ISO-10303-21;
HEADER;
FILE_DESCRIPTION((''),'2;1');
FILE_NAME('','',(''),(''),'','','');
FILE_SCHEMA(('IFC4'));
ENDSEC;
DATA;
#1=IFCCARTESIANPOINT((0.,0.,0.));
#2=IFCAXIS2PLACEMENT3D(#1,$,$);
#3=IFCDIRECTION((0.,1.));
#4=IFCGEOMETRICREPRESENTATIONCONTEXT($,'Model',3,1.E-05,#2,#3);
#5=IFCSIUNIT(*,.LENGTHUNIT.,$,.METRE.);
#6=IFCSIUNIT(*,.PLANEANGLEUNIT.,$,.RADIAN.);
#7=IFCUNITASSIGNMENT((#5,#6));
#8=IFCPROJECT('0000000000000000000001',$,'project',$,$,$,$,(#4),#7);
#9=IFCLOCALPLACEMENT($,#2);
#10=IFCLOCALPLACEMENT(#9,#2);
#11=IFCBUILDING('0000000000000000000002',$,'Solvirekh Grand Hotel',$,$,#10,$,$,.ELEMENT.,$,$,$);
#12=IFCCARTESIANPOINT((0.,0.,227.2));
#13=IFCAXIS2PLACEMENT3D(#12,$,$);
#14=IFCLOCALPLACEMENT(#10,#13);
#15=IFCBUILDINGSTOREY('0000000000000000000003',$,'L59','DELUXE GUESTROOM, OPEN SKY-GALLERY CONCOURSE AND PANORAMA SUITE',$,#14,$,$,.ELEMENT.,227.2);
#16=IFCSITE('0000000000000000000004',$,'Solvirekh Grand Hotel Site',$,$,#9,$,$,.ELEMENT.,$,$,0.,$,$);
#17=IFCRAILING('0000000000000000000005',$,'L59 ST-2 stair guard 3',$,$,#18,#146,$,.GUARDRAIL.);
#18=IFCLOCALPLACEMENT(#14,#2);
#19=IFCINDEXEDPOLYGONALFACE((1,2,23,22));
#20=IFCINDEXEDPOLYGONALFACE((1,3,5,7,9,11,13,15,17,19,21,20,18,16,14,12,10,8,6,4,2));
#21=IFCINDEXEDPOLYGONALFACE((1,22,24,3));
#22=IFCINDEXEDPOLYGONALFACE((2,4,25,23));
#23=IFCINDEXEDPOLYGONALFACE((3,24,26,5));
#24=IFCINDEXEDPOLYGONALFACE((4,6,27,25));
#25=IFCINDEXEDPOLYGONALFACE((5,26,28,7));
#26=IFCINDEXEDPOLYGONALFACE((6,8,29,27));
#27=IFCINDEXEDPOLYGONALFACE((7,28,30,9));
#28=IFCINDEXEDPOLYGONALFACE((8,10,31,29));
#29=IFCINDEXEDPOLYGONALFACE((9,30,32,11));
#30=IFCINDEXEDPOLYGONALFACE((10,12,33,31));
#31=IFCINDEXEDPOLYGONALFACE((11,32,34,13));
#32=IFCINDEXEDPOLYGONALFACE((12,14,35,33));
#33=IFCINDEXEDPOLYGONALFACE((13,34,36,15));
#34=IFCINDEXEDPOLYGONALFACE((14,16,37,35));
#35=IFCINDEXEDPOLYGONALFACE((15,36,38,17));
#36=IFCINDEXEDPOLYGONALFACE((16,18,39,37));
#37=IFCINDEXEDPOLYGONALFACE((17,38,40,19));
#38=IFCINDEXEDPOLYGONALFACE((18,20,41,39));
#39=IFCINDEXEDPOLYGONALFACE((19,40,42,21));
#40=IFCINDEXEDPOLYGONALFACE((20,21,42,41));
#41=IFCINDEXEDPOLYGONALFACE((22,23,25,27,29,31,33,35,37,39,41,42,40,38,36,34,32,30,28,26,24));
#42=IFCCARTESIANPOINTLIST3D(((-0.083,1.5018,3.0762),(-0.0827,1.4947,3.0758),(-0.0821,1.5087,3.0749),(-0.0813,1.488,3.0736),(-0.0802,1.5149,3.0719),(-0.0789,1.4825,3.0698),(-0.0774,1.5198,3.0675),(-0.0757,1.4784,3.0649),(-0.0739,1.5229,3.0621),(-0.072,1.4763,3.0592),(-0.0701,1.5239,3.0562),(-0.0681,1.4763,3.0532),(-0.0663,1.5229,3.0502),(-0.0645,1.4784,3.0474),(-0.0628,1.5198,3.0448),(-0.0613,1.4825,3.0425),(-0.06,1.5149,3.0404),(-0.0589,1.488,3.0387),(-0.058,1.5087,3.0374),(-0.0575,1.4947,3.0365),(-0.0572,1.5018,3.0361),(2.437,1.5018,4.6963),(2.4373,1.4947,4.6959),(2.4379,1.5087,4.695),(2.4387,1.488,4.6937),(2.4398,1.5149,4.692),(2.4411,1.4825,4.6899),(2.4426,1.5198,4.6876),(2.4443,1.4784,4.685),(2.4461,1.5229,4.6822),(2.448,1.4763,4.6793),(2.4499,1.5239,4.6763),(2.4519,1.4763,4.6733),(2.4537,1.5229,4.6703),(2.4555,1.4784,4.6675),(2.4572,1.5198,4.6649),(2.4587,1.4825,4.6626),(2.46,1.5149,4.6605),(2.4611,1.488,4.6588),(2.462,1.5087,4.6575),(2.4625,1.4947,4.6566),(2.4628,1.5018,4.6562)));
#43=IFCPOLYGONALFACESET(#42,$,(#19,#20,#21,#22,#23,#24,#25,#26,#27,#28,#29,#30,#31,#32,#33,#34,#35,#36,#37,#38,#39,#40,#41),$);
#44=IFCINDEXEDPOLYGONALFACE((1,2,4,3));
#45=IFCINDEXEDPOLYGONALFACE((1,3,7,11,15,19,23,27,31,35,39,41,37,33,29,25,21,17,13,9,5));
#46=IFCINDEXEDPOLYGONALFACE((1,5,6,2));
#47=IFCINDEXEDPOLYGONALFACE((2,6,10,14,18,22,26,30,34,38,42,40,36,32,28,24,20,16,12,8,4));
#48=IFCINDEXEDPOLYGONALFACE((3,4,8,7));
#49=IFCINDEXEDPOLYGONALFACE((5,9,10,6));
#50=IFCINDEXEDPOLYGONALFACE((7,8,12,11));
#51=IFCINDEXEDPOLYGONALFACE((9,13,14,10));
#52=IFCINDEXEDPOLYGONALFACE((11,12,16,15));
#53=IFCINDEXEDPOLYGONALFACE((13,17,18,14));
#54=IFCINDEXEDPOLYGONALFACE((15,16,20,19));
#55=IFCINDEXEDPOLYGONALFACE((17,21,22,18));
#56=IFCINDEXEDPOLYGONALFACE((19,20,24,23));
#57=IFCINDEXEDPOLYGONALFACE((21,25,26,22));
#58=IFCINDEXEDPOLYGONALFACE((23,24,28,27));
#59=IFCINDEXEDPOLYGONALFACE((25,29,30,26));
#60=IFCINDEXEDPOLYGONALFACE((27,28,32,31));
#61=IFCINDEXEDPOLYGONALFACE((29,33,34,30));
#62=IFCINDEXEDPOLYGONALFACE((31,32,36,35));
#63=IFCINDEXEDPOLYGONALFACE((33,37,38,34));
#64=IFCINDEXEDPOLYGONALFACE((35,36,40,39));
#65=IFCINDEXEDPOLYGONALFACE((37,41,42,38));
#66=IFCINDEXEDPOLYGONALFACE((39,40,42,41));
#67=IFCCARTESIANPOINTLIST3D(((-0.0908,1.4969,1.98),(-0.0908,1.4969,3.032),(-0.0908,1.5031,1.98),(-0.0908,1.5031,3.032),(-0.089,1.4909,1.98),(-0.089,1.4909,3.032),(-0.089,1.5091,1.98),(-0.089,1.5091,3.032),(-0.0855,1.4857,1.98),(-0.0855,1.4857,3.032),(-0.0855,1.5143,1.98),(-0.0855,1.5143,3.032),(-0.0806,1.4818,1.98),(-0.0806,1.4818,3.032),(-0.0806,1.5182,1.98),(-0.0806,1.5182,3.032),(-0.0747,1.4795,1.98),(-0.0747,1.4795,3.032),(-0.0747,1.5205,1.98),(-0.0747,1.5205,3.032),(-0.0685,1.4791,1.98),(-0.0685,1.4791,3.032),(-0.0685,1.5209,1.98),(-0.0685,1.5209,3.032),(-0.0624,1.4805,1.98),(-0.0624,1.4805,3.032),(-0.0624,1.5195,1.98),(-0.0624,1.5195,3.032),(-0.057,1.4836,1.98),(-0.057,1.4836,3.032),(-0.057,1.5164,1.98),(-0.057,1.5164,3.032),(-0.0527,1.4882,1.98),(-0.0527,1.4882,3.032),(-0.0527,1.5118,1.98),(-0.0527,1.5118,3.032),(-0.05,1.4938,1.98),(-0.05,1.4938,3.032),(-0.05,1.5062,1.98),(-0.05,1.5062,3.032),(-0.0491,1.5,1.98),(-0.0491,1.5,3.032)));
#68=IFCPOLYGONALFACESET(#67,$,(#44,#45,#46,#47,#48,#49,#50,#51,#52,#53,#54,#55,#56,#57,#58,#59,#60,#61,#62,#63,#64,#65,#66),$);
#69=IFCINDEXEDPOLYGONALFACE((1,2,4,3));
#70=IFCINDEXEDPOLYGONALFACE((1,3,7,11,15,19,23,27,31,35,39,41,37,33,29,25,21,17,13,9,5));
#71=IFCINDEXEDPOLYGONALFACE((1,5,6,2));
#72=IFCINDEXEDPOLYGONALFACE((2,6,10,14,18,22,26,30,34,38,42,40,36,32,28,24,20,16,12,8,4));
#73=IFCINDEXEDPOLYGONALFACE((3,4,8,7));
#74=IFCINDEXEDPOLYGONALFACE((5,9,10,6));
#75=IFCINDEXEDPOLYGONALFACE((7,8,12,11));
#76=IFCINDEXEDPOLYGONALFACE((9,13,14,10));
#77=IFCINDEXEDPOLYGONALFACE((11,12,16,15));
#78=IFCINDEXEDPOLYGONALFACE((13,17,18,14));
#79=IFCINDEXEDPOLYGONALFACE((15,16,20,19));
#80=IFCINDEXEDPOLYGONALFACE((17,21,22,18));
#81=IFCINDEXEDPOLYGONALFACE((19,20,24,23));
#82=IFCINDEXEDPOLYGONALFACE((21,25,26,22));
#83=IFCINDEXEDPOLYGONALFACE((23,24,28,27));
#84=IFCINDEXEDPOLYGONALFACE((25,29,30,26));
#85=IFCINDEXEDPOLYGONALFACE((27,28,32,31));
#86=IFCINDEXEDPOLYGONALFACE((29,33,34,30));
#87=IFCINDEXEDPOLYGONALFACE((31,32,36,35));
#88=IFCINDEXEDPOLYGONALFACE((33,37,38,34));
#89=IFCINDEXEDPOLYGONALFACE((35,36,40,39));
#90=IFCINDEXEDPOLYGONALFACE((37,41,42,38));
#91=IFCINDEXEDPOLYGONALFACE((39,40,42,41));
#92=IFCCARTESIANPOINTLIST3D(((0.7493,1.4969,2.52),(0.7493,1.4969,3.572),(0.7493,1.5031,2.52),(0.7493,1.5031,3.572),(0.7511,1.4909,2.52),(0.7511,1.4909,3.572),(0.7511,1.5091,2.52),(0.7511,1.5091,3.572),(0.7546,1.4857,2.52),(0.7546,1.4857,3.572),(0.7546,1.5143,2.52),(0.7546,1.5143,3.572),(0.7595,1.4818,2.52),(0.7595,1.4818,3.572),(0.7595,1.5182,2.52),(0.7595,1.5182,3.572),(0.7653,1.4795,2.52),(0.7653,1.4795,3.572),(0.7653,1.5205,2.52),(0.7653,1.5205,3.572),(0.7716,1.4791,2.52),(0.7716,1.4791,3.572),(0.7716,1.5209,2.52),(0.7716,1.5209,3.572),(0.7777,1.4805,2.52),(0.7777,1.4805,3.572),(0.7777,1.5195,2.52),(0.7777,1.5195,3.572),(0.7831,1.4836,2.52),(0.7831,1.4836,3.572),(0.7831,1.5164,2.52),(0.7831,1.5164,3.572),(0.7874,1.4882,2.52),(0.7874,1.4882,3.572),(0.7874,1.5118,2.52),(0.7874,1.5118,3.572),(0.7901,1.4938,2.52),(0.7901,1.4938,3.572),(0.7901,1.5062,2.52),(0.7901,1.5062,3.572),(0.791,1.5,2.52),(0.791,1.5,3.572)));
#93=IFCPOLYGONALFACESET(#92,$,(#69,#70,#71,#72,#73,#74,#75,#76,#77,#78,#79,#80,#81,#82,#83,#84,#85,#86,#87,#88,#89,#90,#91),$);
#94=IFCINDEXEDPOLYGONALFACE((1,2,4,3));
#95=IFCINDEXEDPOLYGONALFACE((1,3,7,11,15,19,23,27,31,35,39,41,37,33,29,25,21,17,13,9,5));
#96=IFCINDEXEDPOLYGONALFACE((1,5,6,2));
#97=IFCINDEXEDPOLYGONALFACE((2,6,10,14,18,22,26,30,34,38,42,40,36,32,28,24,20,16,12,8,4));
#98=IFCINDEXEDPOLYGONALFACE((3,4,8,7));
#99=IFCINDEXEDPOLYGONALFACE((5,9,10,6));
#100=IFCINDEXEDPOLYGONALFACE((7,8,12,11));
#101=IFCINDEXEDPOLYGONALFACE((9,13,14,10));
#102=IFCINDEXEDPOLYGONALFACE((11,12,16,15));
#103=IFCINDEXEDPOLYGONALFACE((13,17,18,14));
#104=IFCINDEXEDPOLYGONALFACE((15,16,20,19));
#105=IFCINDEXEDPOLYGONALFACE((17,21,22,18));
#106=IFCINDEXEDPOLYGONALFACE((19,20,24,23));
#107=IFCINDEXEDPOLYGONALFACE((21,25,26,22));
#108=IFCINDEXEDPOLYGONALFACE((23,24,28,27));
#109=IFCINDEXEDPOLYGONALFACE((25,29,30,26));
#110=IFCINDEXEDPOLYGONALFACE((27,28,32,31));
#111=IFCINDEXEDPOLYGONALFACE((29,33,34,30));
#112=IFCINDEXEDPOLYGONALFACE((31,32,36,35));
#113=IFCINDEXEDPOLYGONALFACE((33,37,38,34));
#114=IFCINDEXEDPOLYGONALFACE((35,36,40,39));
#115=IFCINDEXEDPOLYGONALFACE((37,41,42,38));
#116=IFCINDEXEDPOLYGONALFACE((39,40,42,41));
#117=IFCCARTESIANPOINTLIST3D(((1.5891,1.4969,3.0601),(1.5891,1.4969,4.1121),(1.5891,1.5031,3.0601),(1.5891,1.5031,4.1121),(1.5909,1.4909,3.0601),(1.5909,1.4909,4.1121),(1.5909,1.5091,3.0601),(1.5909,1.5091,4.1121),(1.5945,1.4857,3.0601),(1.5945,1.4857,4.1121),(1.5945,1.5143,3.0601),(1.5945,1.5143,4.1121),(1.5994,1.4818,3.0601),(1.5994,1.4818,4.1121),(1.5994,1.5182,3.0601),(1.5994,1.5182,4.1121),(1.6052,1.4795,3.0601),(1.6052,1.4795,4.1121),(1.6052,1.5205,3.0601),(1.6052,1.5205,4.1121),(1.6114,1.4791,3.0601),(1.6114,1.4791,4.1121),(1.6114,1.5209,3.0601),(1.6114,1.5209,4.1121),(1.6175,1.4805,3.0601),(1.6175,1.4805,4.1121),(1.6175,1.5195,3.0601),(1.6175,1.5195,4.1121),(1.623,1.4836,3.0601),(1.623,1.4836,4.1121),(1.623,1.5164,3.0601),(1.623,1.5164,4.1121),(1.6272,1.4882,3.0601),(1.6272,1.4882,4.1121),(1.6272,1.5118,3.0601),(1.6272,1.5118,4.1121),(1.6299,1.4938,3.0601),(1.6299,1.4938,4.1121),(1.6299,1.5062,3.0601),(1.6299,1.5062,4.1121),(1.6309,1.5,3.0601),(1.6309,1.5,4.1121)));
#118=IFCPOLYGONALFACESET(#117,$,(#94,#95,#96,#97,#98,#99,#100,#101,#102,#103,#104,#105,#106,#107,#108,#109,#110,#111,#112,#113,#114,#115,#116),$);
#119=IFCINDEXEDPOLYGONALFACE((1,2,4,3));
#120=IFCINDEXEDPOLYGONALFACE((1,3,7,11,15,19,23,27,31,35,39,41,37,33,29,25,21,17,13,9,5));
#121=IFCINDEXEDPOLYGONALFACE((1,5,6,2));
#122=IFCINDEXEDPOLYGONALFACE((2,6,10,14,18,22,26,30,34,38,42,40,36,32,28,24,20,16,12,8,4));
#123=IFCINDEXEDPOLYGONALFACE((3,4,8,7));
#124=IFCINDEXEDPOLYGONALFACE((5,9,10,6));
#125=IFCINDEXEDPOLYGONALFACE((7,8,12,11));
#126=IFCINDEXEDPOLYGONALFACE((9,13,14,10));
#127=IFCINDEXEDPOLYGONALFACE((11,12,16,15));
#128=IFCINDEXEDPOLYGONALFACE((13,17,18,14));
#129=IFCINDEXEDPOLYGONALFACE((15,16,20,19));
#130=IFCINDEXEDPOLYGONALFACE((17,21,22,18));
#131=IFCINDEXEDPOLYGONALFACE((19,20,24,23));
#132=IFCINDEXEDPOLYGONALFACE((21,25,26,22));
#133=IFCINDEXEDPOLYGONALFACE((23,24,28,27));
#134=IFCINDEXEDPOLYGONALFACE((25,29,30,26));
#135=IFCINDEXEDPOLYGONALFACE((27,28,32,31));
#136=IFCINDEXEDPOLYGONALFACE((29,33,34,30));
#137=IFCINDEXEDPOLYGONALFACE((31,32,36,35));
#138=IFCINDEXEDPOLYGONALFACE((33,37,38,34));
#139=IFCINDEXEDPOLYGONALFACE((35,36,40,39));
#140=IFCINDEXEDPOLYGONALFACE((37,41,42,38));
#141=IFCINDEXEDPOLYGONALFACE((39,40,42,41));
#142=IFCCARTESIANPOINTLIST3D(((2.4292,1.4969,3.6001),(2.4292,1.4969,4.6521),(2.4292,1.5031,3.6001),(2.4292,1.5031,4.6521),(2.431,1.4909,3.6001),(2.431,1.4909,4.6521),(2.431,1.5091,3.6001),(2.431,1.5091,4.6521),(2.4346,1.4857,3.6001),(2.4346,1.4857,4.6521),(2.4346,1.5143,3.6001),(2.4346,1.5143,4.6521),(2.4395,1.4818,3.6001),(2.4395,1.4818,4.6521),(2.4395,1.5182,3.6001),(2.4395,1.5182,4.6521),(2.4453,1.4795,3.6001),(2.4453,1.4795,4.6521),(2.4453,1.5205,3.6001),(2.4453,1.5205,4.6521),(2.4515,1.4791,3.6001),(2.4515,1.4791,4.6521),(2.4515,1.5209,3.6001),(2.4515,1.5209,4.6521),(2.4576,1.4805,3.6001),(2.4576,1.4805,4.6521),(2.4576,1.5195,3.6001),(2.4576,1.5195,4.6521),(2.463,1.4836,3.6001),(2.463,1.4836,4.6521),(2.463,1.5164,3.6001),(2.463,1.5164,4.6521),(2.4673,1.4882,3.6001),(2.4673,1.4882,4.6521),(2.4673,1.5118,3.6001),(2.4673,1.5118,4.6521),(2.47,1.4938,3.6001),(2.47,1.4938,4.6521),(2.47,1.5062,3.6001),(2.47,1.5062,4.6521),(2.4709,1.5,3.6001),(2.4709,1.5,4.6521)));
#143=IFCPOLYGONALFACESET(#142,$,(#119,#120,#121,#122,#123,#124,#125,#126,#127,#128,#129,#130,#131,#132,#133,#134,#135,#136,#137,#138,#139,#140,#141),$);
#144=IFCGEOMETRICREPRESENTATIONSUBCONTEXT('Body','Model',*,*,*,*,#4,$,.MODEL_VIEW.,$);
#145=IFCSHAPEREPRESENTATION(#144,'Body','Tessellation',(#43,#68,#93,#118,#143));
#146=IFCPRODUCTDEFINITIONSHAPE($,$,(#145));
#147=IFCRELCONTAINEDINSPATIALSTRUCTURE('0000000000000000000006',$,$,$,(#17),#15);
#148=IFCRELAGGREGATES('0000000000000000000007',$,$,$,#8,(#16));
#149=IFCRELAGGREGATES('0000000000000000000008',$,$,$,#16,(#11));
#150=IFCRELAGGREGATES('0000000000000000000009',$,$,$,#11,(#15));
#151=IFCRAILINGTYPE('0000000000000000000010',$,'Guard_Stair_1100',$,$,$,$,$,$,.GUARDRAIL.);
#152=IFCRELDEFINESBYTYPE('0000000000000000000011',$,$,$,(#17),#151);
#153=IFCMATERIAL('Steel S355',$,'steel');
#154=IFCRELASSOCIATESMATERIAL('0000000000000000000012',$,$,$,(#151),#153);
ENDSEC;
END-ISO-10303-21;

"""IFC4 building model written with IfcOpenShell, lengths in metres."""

from ifc_helpers import new_model, si_unit, direction, frame, origin, origin_2d, place, context, subcontext, project, spatial, circle, extrude, material, type_object, element, save


model = new_model("IFC4")

# Units and contexts
model_context = context("Model", 3, precision=1e-05, world=origin(), true_north=direction((0.0, 1.0)))
body_context = subcontext(model_context, "Body", "Model", "MODEL_VIEW")
ifc_project = project(units=[si_unit("LENGTHUNIT", "METRE"), si_unit("PLANEANGLEUNIT", "RADIAN")], contexts=[model_context])

# Site, building, storey
site_placement = place(None, origin())
site = spatial("IfcSite", under=ifc_project, at=site_placement, Name="Solvirekh Grand Hotel Site", CompositionType="ELEMENT", RefElevation=0.0)
building_placement = place(site_placement, origin())
building = spatial("IfcBuilding", under=site, at=building_placement, Name="Solvirekh Grand Hotel", CompositionType="ELEMENT")
storey_placement = place(building_placement, frame((0.0, 0.0, 227.2)))
storey = spatial("IfcBuildingStorey", under=building, at=storey_placement, Name="L59", Description="DELUXE GUESTROOM, OPEN SKY-GALLERY CONCOURSE AND PANORAMA SUITE", CompositionType="ELEMENT", Elevation=227.2)

# Railing
ifc_material_1 = material(Name="Steel S355", Category="steel")
railing_type = type_object("IfcRailingType", Name="Guard_Stair_1100", PredefinedType="GUARDRAIL", material=ifc_material_1)
railing_1_placement = place(storey_placement, frame((-0.0701, 1.5, 1.98)))
element("IfcRailing", 1, at=railing_1_placement, inside=storey, type_object=railing_type, Name="L59 ST-2 stair guard 3", PredefinedType="GUARDRAIL", context=body_context, shape_type="SweptSolid", body=[
    extrude(circle(Radius=0.0239, at=origin_2d()), frame((0.0, 0.0, 1.0762), z_axis=(0.841163, 0.0, 0.540782), x_axis=(0.0, 1.0, 0.0)), (0.0, 0.0, 1.0), 2.9958),
    extrude(circle(Radius=0.021, at=origin_2d()), origin(), (0.0, 0.0, 1.0), 1.052),
    extrude(circle(Radius=0.021, at=origin_2d()), frame((0.8401, 0.0, 0.54)), (0.0, 0.0, 1.0), 1.052),
    extrude(circle(Radius=0.021, at=origin_2d()), frame((1.6799, 0.0, 1.0801)), (0.0, 0.0, 1.0), 1.052),
    extrude(circle(Radius=0.021, at=origin_2d()), frame((2.52, 0.0, 1.6201)), (0.0, 0.0, 1.0), 1.052),
])

save(model, "model.ifc")
